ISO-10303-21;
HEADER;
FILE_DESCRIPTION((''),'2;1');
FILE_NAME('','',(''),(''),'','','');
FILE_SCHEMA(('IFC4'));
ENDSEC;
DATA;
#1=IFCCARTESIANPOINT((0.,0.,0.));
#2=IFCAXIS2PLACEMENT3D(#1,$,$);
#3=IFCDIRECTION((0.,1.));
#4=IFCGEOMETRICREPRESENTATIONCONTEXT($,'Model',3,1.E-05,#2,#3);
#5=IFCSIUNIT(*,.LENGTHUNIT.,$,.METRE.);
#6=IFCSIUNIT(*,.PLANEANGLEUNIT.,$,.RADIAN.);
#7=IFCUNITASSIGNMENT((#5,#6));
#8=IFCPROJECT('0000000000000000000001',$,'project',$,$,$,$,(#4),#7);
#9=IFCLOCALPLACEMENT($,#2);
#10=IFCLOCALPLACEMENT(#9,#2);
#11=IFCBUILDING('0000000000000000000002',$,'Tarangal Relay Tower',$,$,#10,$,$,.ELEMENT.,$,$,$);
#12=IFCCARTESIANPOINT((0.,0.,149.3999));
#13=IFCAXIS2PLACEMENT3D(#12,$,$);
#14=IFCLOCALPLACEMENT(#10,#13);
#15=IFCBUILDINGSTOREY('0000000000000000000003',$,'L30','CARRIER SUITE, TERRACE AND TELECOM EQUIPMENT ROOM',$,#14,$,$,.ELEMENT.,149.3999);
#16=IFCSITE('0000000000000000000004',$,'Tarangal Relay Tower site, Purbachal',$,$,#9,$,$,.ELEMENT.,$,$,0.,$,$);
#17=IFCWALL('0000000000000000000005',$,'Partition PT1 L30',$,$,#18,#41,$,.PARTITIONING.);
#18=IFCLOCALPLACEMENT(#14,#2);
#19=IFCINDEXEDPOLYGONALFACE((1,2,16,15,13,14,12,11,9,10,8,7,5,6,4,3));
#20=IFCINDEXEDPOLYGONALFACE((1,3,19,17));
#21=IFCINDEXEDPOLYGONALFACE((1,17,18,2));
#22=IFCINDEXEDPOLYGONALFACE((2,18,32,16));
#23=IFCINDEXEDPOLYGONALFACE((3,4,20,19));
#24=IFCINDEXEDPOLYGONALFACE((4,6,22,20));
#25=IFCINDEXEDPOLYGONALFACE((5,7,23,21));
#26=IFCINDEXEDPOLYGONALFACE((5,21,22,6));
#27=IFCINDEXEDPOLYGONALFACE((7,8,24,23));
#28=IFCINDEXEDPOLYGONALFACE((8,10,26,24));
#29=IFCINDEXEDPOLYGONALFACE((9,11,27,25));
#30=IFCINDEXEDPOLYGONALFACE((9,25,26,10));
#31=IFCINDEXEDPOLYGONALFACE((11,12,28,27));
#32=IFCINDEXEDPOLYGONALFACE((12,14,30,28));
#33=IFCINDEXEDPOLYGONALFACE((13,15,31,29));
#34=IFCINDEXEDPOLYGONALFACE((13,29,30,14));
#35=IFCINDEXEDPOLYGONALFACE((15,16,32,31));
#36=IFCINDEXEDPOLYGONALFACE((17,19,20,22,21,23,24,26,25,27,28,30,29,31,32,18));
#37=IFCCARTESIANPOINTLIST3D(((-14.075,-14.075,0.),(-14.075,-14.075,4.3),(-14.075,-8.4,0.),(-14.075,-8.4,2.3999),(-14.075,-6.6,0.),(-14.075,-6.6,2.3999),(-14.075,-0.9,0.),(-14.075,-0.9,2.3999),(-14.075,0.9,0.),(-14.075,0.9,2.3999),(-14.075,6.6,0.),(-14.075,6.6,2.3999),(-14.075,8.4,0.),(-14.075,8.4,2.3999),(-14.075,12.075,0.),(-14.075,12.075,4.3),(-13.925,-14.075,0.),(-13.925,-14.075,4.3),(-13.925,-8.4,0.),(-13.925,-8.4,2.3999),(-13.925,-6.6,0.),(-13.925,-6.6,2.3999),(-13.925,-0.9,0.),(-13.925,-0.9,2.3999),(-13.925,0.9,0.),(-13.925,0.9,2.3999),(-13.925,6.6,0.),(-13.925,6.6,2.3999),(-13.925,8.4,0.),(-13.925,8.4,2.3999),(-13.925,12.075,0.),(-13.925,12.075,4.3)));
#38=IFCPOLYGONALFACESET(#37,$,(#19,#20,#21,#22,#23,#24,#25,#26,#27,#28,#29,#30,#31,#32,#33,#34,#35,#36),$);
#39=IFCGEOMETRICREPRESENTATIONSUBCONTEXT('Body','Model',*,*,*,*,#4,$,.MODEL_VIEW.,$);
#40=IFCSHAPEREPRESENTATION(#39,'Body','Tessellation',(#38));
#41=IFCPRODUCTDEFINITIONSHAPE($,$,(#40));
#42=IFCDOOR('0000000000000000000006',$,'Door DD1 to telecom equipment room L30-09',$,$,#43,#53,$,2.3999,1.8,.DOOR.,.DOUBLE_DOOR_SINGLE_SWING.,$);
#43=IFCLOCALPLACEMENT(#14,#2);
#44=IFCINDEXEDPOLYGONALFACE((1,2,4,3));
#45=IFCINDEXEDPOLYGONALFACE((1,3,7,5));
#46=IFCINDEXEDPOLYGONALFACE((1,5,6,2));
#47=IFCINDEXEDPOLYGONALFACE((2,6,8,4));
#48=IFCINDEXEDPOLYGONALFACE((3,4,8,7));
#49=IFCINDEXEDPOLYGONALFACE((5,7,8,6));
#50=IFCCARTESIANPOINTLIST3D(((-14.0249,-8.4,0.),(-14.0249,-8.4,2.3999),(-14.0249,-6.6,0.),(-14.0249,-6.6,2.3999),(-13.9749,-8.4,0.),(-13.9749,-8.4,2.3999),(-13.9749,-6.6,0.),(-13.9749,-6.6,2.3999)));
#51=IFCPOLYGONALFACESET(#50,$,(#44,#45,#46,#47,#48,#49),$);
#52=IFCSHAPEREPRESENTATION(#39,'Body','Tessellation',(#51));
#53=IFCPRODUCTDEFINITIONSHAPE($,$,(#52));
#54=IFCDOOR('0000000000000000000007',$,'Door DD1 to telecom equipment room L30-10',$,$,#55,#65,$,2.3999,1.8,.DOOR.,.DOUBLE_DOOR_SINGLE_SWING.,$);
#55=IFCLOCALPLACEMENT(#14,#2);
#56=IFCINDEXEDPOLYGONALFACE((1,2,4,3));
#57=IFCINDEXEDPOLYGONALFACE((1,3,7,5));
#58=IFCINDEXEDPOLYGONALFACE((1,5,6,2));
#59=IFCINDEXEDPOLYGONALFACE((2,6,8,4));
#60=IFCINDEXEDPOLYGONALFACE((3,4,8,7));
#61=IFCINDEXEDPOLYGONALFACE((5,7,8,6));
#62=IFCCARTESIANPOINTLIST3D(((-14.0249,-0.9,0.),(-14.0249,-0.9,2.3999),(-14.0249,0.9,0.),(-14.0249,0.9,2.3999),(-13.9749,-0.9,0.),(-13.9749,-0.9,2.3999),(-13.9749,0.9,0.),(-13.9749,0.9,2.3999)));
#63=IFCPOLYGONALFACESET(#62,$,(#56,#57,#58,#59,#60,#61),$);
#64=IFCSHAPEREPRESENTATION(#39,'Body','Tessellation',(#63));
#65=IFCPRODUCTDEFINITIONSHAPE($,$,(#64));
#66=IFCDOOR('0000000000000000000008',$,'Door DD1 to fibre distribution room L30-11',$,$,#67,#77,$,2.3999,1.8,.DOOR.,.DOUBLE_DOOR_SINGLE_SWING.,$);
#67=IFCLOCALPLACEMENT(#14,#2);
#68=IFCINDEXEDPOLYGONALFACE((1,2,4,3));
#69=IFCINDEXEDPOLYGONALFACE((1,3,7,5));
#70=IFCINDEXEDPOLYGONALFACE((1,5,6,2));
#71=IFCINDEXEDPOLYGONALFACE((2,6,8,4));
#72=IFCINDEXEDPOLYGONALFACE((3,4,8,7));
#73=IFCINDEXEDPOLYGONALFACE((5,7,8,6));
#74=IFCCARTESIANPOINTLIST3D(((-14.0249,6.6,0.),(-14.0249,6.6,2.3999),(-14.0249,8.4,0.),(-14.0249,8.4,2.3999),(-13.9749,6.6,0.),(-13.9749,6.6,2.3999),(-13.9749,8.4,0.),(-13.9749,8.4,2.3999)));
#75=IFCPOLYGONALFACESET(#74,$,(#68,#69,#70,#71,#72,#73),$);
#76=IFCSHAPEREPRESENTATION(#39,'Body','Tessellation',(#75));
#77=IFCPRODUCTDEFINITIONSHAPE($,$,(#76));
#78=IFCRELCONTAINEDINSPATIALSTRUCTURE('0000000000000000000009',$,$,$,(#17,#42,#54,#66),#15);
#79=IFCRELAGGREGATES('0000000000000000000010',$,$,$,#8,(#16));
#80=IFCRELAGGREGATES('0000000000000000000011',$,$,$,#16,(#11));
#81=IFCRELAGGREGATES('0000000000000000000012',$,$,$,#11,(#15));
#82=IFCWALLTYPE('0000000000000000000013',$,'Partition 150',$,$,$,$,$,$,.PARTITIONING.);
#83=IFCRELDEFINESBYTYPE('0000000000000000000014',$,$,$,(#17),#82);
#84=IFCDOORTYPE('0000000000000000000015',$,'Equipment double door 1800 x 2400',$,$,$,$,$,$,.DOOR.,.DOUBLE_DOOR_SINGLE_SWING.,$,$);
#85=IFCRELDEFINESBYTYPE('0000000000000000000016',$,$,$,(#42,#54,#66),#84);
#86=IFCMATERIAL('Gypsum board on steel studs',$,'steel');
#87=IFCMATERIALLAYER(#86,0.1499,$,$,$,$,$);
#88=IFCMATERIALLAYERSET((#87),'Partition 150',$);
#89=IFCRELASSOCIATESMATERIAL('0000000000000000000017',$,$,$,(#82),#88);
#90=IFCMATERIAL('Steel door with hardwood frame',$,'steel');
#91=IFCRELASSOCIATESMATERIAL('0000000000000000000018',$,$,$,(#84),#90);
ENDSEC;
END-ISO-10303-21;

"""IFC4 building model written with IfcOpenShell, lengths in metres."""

from ifc_helpers import new_model, si_unit, direction, frame, frame_2d, origin, place, context, subcontext, project, spatial, rectangle, extrude, material, layer, layer_set, type_object, element, fill, save


model = new_model("IFC4")

# Units and contexts
model_context = context("Model", 3, precision=1e-05, world=origin(), true_north=direction((0.0, 1.0)))
body_context = subcontext(model_context, "Body", "Model", "MODEL_VIEW")
ifc_project = project(units=[si_unit("LENGTHUNIT", "METRE"), si_unit("PLANEANGLEUNIT", "RADIAN")], contexts=[model_context])

# Site, building, storey
site_placement = place(None, origin())
site = spatial("IfcSite", under=ifc_project, at=site_placement, Name="Tarangal Relay Tower site, Purbachal", CompositionType="ELEMENT", RefElevation=0.0)
building_placement = place(site_placement, origin())
building = spatial("IfcBuilding", under=site, at=building_placement, Name="Tarangal Relay Tower", CompositionType="ELEMENT")
storey_placement = place(building_placement, frame((0.0, 0.0, 149.3999)))
storey = spatial("IfcBuildingStorey", under=building, at=storey_placement, Name="L30", Description="CARRIER SUITE, TERRACE AND TELECOM EQUIPMENT ROOM", CompositionType="ELEMENT", Elevation=149.3999)

# Wall, openings, doors
ifc_material_1 = material(Name="Gypsum board on steel studs", Category="steel")
ifc_layer_1 = layer(ifc_material_1, 0.1499)
ifc_layer_set_1 = layer_set([ifc_layer_1], Name="Partition 150")
wall_type_1 = type_object("IfcWallType", Name="Partition 150", PredefinedType="PARTITIONING", material=ifc_layer_set_1)
ifc_material_2 = material(Name="Steel door with hardwood frame", Category="steel")
door_type_1 = type_object("IfcDoorType", Name="Equipment double door 1800 x 2400", OperationType="DOUBLE_DOOR_SINGLE_SWING", PredefinedType="DOOR", material=ifc_material_2)
wall_1_placement = place(storey_placement, frame((-14.0, -14.075, 0.0), z_axis=(0.0, 0.0, 1.0), x_axis=(0.0, 1.0, 0.0)))
wall_1 = element("IfcWall", 1, at=wall_1_placement, inside=storey, type_object=wall_type_1, Name="Partition PT1 L30", PredefinedType="PARTITIONING", context=body_context, shape_type="SweptSolid", body=[
    extrude(rectangle(XDim=26.1499, YDim=0.1499, at=frame_2d((13.075, 0.0))), origin(), (0.0, 0.0, 1.0), 4.3),
])
opening_1_placement = place(wall_1_placement, frame((5.675, 0.0, 0.0)))
opening_1 = element("IfcOpeningElement", 2, at=opening_1_placement, cuts=wall_1, PredefinedType="OPENING", context=body_context, shape_type="SweptSolid", body=[
    extrude(rectangle(XDim=1.8, YDim=2.3999, at=frame_2d((0.8999, 1.2))), frame((0.0, 0.085, 0.0), z_axis=(0.0, -1.0, 0.0), x_axis=(1.0, 0.0, 0.0)), (0.0, 0.0, 1.0), 0.1699),
])
opening_2_placement = place(wall_1_placement, frame((13.175, 0.0, 0.0)))
opening_2 = element("IfcOpeningElement", 3, at=opening_2_placement, cuts=wall_1, PredefinedType="OPENING", context=body_context, shape_type="SweptSolid", body=[
    extrude(rectangle(XDim=1.8, YDim=2.3999, at=frame_2d((0.8999, 1.2))), frame((0.0, 0.085, 0.0), z_axis=(0.0, -1.0, 0.0), x_axis=(1.0, 0.0, 0.0)), (0.0, 0.0, 1.0), 0.1699),
])
opening_3_placement = place(wall_1_placement, frame((20.675, 0.0, 0.0)))
opening_3 = element("IfcOpeningElement", 4, at=opening_3_placement, cuts=wall_1, PredefinedType="OPENING", context=body_context, shape_type="SweptSolid", body=[
    extrude(rectangle(XDim=1.8, YDim=2.3999, at=frame_2d((0.8999, 1.2))), frame((0.0, 0.085, 0.0), z_axis=(0.0, -1.0, 0.0), x_axis=(1.0, 0.0, 0.0)), (0.0, 0.0, 1.0), 0.1699),
])
door_1_placement = place(opening_1_placement, origin())
door_1 = element("IfcDoor", 5, at=door_1_placement, inside=storey, type_object=door_type_1, Name="Door DD1 to telecom equipment room L30-09", OperationType="DOUBLE_DOOR_SINGLE_SWING", OverallHeight=2.3999, OverallWidth=1.8, PredefinedType="DOOR", context=body_context, shape_type="SweptSolid", body=[
    extrude(rectangle(XDim=1.8, YDim=2.3999, at=frame_2d((0.8999, 1.2))), frame((0.0, 0.0249, 0.0), z_axis=(0.0, -1.0, 0.0), x_axis=(1.0, 0.0, 0.0)), (0.0, 0.0, 1.0), 0.05),
])
fill(opening_1, door_1)
door_2_placement = place(opening_2_placement, origin())
door_2 = element("IfcDoor", 6, at=door_2_placement, inside=storey, type_object=door_type_1, Name="Door DD1 to telecom equipment room L30-10", OperationType="DOUBLE_DOOR_SINGLE_SWING", OverallHeight=2.3999, OverallWidth=1.8, PredefinedType="DOOR", context=body_context, shape_type="SweptSolid", body=[
    extrude(rectangle(XDim=1.8, YDim=2.3999, at=frame_2d((0.8999, 1.2))), frame((0.0, 0.0249, 0.0), z_axis=(0.0, -1.0, 0.0), x_axis=(1.0, 0.0, 0.0)), (0.0, 0.0, 1.0), 0.05),
])
fill(opening_2, door_2)
door_3_placement = place(opening_3_placement, origin())
door_3 = element("IfcDoor", 7, at=door_3_placement, inside=storey, type_object=door_type_1, Name="Door DD1 to fibre distribution room L30-11", OperationType="DOUBLE_DOOR_SINGLE_SWING", OverallHeight=2.3999, OverallWidth=1.8, PredefinedType="DOOR", context=body_context, shape_type="SweptSolid", body=[
    extrude(rectangle(XDim=1.8, YDim=2.3999, at=frame_2d((0.8999, 1.2))), frame((0.0, 0.0249, 0.0), z_axis=(0.0, -1.0, 0.0), x_axis=(1.0, 0.0, 0.0)), (0.0, 0.0, 1.0), 0.05),
])
fill(opening_3, door_3)

save(model, "model.ifc")
